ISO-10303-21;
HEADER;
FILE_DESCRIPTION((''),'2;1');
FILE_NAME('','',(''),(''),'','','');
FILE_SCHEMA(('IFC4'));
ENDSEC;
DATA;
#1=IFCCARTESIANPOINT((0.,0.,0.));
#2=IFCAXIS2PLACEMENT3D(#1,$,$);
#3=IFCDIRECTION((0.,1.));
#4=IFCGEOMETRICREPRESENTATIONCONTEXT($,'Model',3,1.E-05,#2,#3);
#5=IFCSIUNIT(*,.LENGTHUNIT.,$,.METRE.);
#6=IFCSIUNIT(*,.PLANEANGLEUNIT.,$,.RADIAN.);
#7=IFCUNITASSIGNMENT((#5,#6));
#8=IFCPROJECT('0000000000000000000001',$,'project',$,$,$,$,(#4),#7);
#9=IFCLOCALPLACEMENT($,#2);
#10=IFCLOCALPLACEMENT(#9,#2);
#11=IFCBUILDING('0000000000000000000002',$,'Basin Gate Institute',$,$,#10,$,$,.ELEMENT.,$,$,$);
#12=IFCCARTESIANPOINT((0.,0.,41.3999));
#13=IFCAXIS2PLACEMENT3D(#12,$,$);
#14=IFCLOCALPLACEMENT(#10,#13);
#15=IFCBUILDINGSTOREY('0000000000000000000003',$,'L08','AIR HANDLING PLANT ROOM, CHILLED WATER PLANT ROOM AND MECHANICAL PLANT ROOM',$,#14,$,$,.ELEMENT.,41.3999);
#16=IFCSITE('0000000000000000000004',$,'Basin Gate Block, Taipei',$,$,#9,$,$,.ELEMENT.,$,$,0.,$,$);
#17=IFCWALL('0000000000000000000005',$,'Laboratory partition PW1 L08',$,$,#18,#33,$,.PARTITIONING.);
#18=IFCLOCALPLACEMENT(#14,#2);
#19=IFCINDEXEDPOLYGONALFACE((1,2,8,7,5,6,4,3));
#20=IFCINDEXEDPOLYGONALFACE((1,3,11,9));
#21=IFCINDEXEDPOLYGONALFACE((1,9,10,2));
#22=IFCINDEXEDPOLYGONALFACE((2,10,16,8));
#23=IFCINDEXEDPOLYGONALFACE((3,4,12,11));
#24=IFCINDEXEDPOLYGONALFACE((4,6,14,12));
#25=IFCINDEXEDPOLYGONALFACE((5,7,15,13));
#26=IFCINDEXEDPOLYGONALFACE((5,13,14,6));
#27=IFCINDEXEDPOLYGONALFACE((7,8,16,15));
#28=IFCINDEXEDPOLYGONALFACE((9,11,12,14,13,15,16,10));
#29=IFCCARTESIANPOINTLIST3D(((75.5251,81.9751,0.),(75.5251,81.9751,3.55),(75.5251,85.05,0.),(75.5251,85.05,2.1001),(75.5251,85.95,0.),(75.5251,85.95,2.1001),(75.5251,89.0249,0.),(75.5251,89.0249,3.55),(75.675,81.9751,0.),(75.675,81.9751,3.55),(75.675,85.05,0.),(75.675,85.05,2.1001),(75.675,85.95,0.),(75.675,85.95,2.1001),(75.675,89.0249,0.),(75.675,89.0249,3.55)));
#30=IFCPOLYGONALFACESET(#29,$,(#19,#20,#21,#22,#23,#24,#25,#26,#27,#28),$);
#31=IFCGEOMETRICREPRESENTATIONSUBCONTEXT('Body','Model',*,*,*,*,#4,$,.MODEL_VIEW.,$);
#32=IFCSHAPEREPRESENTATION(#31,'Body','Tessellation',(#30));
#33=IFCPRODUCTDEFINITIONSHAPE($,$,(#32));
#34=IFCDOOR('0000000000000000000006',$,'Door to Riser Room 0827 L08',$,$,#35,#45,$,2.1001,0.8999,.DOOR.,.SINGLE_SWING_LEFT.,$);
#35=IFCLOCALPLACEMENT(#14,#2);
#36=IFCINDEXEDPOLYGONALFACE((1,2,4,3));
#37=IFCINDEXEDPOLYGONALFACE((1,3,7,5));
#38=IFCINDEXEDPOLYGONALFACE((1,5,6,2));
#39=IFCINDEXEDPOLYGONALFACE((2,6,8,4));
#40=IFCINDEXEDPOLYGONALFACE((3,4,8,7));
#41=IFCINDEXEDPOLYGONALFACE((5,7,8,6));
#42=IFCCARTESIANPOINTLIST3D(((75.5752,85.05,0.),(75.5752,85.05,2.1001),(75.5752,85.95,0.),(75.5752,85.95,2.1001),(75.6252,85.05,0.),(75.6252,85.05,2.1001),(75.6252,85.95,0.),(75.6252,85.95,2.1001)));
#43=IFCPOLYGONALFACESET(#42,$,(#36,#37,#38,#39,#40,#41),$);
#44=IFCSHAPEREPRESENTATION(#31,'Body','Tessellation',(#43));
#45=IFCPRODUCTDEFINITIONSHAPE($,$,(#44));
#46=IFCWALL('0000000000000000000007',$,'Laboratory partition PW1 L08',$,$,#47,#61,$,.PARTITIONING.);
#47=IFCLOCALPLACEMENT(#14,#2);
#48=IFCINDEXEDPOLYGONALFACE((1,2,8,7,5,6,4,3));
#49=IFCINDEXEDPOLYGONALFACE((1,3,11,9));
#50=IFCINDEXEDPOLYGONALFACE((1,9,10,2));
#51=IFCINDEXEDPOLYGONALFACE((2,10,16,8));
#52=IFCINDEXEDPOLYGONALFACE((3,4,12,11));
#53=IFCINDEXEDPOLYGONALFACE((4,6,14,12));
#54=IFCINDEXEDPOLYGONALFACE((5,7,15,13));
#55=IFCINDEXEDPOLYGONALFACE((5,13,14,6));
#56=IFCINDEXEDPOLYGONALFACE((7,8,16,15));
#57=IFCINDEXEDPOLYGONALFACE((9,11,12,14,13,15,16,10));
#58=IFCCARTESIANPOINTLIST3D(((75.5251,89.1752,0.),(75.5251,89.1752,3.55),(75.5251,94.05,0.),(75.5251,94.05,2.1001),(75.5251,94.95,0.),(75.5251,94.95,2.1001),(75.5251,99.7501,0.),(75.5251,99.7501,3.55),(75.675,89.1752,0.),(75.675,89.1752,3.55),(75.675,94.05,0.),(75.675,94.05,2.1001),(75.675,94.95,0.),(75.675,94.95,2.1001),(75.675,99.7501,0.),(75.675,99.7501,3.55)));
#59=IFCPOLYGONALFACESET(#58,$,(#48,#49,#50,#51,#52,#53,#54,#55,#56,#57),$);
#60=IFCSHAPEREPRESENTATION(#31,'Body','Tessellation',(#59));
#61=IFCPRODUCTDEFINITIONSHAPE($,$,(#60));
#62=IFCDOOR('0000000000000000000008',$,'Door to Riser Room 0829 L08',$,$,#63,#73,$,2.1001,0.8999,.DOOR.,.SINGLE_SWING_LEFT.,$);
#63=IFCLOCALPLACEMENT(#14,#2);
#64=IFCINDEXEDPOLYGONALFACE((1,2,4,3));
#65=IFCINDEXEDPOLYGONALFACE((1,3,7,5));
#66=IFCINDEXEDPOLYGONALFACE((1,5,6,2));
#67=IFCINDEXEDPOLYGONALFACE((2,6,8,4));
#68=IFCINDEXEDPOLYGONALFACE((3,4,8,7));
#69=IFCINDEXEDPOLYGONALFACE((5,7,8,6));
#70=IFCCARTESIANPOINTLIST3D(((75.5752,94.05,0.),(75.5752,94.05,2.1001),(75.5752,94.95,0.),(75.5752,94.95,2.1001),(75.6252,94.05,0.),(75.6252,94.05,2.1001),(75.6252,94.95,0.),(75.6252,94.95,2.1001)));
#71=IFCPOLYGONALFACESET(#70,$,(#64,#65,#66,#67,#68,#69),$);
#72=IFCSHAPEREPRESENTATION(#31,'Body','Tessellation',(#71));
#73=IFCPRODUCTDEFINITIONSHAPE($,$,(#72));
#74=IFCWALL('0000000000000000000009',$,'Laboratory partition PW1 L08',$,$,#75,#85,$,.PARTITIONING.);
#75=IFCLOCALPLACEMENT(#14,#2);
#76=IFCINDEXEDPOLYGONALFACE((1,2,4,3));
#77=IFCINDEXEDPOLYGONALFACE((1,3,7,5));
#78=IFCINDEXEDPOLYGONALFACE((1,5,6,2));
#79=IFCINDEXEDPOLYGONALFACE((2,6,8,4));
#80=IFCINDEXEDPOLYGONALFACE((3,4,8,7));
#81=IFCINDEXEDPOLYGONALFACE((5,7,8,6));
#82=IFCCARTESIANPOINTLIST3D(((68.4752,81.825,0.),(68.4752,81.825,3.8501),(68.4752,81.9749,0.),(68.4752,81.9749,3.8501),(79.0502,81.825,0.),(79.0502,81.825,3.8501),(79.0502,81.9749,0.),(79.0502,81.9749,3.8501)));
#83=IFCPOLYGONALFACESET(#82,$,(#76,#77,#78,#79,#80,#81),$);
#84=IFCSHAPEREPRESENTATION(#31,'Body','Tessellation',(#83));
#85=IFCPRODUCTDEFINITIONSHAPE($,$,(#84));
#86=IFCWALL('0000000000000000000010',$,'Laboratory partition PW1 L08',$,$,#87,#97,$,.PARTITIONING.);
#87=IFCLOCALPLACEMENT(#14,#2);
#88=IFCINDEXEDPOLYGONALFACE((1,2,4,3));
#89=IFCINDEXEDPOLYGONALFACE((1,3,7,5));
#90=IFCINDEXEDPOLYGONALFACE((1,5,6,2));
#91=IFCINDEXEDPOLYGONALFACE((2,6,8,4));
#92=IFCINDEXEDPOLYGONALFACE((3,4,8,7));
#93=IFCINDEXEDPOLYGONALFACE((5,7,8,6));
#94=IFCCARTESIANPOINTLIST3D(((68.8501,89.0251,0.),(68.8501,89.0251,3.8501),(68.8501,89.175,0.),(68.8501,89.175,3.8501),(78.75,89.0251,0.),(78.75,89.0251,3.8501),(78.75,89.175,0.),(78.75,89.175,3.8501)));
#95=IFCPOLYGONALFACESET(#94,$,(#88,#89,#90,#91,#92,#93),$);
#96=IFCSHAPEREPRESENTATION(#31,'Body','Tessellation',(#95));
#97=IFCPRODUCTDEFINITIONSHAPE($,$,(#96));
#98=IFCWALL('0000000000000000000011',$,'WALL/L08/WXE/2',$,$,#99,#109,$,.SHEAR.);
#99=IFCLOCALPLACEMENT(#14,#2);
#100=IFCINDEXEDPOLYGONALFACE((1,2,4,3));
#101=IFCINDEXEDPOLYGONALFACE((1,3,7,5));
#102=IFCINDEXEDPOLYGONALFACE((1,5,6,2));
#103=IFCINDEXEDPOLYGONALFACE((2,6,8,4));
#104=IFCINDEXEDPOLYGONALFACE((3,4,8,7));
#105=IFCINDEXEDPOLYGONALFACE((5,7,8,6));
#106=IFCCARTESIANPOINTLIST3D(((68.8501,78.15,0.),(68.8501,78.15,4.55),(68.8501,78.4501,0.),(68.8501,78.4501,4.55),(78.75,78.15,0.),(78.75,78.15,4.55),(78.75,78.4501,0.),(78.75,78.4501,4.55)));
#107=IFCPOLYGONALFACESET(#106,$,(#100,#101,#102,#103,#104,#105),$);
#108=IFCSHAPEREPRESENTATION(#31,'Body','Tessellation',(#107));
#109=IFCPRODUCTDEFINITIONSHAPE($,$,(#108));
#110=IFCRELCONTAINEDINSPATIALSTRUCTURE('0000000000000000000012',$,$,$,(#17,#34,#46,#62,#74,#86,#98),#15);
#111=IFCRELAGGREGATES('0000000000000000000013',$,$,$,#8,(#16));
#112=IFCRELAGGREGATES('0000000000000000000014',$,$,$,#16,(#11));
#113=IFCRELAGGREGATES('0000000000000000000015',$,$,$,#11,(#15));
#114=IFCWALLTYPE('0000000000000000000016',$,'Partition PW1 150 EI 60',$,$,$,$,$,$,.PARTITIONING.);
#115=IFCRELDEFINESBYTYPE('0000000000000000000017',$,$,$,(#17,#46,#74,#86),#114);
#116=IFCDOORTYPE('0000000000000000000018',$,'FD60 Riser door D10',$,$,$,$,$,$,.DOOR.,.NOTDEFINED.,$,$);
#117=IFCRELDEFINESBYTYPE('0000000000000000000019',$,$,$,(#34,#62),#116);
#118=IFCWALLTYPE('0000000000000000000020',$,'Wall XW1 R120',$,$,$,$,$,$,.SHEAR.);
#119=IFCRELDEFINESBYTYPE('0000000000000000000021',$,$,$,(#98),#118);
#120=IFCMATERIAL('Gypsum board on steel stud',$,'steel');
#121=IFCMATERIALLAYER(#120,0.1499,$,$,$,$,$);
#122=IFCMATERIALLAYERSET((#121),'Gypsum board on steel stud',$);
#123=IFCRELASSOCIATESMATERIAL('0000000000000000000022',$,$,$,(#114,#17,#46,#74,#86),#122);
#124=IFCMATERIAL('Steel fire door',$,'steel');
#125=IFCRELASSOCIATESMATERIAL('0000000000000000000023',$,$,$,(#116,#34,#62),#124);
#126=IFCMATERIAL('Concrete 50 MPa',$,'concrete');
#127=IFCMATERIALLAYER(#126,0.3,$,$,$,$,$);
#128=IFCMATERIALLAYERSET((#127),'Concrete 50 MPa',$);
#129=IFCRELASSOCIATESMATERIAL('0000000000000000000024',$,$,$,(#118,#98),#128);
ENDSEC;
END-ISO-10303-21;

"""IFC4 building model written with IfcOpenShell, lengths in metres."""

from ifc_helpers import new_model, si_unit, direction, frame, frame_2d, origin, place, context, subcontext, project, spatial, rectangle, extrude, material, layer, layer_set, type_object, element, fill, save


model = new_model("IFC4")

# Units and contexts
model_context = context("Model", 3, precision=1e-05, world=origin(), true_north=direction((0.0, 1.0)))
body_context = subcontext(model_context, "Body", "Model", "MODEL_VIEW")
ifc_project = project(units=[si_unit("LENGTHUNIT", "METRE"), si_unit("PLANEANGLEUNIT", "RADIAN")], contexts=[model_context])

# Site, building, storey
site_placement = place(None, origin())
site = spatial("IfcSite", under=ifc_project, at=site_placement, Name="Basin Gate Block, Taipei", CompositionType="ELEMENT", RefElevation=0.0)
building_placement = place(site_placement, origin())
building = spatial("IfcBuilding", under=site, at=building_placement, Name="Basin Gate Institute", CompositionType="ELEMENT")
storey_placement = place(building_placement, frame((0.0, 0.0, 41.3999)))
storey = spatial("IfcBuildingStorey", under=building, at=storey_placement, Name="L08", Description="AIR HANDLING PLANT ROOM, CHILLED WATER PLANT ROOM AND MECHANICAL PLANT ROOM", CompositionType="ELEMENT", Elevation=41.3999)

# Walls, openings, doors
ifc_material_1 = material(Name="Gypsum board on steel stud", Category="steel")
ifc_layer_1 = layer(ifc_material_1, 0.1499)
ifc_layer_set_1 = layer_set([ifc_layer_1], Name="Gypsum board on steel stud")
wall_type_1 = type_object("IfcWallType", Name="Partition PW1 150 EI 60", PredefinedType="PARTITIONING", material=ifc_layer_set_1)
ifc_material_2 = material(Name="Steel fire door", Category="steel")
door_type = type_object("IfcDoorType", Name="FD60 Riser door D10", OperationType="NOTDEFINED", PredefinedType="DOOR", material=ifc_material_2)
wall_1_placement = place(storey_placement, frame((75.6001, 81.9751, 0.0), z_axis=(0.0, 0.0, 1.0), x_axis=(0.0, 1.0, 0.0)))
wall_1 = element("IfcWall", 1, at=wall_1_placement, inside=storey, type_object=wall_type_1, material=ifc_layer_set_1, Name="Laboratory partition PW1 L08", PredefinedType="PARTITIONING", context=body_context, shape_type="SweptSolid", body=[
    extrude(rectangle(XDim=7.0498, YDim=0.1499, at=frame_2d((3.5249, 0.0))), origin(), (0.0, 0.0, 1.0), 3.55),
])
opening_1_placement = place(wall_1_placement, frame((3.075, 0.0, 0.0)))
opening_1 = element("IfcOpeningElement", 2, at=opening_1_placement, cuts=wall_1, PredefinedType="OPENING", context=body_context, shape_type="SweptSolid", body=[
    extrude(rectangle(XDim=0.8999, YDim=2.1001, at=frame_2d((0.45, 1.05))), frame((0.0, 0.085, 0.0), z_axis=(0.0, -1.0, 0.0), x_axis=(1.0, 0.0, 0.0)), (0.0, 0.0, 1.0), 0.1699),
])
door_1_placement = place(opening_1_placement, origin())
door_1 = element("IfcDoor", 3, at=door_1_placement, inside=storey, type_object=door_type, material=ifc_material_2, Name="Door to Riser Room 0827 L08", OperationType="SINGLE_SWING_LEFT", OverallHeight=2.1001, OverallWidth=0.8999, PredefinedType="DOOR", context=body_context, shape_type="SweptSolid", body=[
    extrude(rectangle(XDim=0.8999, YDim=2.1001, at=frame_2d((0.45, 1.05))), frame((0.0, 0.0249, 0.0), z_axis=(0.0, -1.0, 0.0), x_axis=(1.0, 0.0, 0.0)), (0.0, 0.0, 1.0), 0.05),
])
fill(opening_1, door_1)
wall_2_placement = place(storey_placement, frame((75.6001, 89.175, 0.0), z_axis=(0.0, 0.0, 1.0), x_axis=(0.0, 1.0, 0.0)))
wall_2 = element("IfcWall", 4, at=wall_2_placement, inside=storey, type_object=wall_type_1, material=ifc_layer_set_1, Name="Laboratory partition PW1 L08", PredefinedType="PARTITIONING", context=body_context, shape_type="SweptSolid", body=[
    extrude(rectangle(XDim=10.575, YDim=0.1499, at=frame_2d((5.2876, 0.0))), origin(), (0.0, 0.0, 1.0), 3.55),
])
opening_2_placement = place(wall_2_placement, frame((4.875, 0.0, 0.0)))
opening_2 = element("IfcOpeningElement", 5, at=opening_2_placement, cuts=wall_2, PredefinedType="OPENING", context=body_context, shape_type="SweptSolid", body=[
    extrude(rectangle(XDim=0.8999, YDim=2.1001, at=frame_2d((0.45, 1.05))), frame((0.0, 0.085, 0.0), z_axis=(0.0, -1.0, 0.0), x_axis=(1.0, 0.0, 0.0)), (0.0, 0.0, 1.0), 0.1699),
])
door_2_placement = place(opening_2_placement, origin())
door_2 = element("IfcDoor", 6, at=door_2_placement, inside=storey, type_object=door_type, material=ifc_material_2, Name="Door to Riser Room 0829 L08", OperationType="SINGLE_SWING_LEFT", OverallHeight=2.1001, OverallWidth=0.8999, PredefinedType="DOOR", context=body_context, shape_type="SweptSolid", body=[
    extrude(rectangle(XDim=0.8999, YDim=2.1001, at=frame_2d((0.45, 1.05))), frame((0.0, 0.0249, 0.0), z_axis=(0.0, -1.0, 0.0), x_axis=(1.0, 0.0, 0.0)), (0.0, 0.0, 1.0), 0.05),
])
fill(opening_2, door_2)

# Walls
wall_3_placement = place(storey_placement, frame((68.4751, 81.8999, 0.0), z_axis=(0.0, 0.0, 1.0), x_axis=(1.0, 0.0, 0.0)))
element("IfcWall", 7, at=wall_3_placement, inside=storey, type_object=wall_type_1, material=ifc_layer_set_1, Name="Laboratory partition PW1 L08", PredefinedType="PARTITIONING", context=body_context, shape_type="SweptSolid", body=[
    extrude(rectangle(XDim=10.575, YDim=0.1499, at=frame_2d((5.2876, 0.0))), origin(), (0.0, 0.0, 1.0), 3.8501),
])
wall_4_placement = place(storey_placement, frame((68.8501, 89.1001, 0.0), z_axis=(0.0, 0.0, 1.0), x_axis=(1.0, 0.0, 0.0)))
element("IfcWall", 8, at=wall_4_placement, inside=storey, type_object=wall_type_1, material=ifc_layer_set_1, Name="Laboratory partition PW1 L08", PredefinedType="PARTITIONING", context=body_context, shape_type="SweptSolid", body=[
    extrude(rectangle(XDim=9.8999, YDim=0.1499, at=frame_2d((4.95, 0.0))), origin(), (0.0, 0.0, 1.0), 3.8501),
])
ifc_material_3 = material(Name="Concrete 50 MPa", Category="concrete")
ifc_layer_2 = layer(ifc_material_3, 0.3)
ifc_layer_set_2 = layer_set([ifc_layer_2], Name="Concrete 50 MPa")
wall_type_2 = type_object("IfcWallType", Name="Wall XW1 R120", PredefinedType="SHEAR", material=ifc_layer_set_2)
wall_5_placement = place(storey_placement, frame((68.8501, 78.3, 0.0), z_axis=(0.0, 0.0, 1.0), x_axis=(1.0, 0.0, 0.0)))
element("IfcWall", 9, at=wall_5_placement, inside=storey, type_object=wall_type_2, material=ifc_layer_set_2, Name="WALL/L08/WXE/2", PredefinedType="SHEAR", context=body_context, shape_type="SweptSolid", body=[
    extrude(rectangle(XDim=9.8999, YDim=0.3, at=frame_2d((4.95, 0.0))), origin(), (0.0, 0.0, 1.0), 4.55),
])

save(model, "model.ifc")
